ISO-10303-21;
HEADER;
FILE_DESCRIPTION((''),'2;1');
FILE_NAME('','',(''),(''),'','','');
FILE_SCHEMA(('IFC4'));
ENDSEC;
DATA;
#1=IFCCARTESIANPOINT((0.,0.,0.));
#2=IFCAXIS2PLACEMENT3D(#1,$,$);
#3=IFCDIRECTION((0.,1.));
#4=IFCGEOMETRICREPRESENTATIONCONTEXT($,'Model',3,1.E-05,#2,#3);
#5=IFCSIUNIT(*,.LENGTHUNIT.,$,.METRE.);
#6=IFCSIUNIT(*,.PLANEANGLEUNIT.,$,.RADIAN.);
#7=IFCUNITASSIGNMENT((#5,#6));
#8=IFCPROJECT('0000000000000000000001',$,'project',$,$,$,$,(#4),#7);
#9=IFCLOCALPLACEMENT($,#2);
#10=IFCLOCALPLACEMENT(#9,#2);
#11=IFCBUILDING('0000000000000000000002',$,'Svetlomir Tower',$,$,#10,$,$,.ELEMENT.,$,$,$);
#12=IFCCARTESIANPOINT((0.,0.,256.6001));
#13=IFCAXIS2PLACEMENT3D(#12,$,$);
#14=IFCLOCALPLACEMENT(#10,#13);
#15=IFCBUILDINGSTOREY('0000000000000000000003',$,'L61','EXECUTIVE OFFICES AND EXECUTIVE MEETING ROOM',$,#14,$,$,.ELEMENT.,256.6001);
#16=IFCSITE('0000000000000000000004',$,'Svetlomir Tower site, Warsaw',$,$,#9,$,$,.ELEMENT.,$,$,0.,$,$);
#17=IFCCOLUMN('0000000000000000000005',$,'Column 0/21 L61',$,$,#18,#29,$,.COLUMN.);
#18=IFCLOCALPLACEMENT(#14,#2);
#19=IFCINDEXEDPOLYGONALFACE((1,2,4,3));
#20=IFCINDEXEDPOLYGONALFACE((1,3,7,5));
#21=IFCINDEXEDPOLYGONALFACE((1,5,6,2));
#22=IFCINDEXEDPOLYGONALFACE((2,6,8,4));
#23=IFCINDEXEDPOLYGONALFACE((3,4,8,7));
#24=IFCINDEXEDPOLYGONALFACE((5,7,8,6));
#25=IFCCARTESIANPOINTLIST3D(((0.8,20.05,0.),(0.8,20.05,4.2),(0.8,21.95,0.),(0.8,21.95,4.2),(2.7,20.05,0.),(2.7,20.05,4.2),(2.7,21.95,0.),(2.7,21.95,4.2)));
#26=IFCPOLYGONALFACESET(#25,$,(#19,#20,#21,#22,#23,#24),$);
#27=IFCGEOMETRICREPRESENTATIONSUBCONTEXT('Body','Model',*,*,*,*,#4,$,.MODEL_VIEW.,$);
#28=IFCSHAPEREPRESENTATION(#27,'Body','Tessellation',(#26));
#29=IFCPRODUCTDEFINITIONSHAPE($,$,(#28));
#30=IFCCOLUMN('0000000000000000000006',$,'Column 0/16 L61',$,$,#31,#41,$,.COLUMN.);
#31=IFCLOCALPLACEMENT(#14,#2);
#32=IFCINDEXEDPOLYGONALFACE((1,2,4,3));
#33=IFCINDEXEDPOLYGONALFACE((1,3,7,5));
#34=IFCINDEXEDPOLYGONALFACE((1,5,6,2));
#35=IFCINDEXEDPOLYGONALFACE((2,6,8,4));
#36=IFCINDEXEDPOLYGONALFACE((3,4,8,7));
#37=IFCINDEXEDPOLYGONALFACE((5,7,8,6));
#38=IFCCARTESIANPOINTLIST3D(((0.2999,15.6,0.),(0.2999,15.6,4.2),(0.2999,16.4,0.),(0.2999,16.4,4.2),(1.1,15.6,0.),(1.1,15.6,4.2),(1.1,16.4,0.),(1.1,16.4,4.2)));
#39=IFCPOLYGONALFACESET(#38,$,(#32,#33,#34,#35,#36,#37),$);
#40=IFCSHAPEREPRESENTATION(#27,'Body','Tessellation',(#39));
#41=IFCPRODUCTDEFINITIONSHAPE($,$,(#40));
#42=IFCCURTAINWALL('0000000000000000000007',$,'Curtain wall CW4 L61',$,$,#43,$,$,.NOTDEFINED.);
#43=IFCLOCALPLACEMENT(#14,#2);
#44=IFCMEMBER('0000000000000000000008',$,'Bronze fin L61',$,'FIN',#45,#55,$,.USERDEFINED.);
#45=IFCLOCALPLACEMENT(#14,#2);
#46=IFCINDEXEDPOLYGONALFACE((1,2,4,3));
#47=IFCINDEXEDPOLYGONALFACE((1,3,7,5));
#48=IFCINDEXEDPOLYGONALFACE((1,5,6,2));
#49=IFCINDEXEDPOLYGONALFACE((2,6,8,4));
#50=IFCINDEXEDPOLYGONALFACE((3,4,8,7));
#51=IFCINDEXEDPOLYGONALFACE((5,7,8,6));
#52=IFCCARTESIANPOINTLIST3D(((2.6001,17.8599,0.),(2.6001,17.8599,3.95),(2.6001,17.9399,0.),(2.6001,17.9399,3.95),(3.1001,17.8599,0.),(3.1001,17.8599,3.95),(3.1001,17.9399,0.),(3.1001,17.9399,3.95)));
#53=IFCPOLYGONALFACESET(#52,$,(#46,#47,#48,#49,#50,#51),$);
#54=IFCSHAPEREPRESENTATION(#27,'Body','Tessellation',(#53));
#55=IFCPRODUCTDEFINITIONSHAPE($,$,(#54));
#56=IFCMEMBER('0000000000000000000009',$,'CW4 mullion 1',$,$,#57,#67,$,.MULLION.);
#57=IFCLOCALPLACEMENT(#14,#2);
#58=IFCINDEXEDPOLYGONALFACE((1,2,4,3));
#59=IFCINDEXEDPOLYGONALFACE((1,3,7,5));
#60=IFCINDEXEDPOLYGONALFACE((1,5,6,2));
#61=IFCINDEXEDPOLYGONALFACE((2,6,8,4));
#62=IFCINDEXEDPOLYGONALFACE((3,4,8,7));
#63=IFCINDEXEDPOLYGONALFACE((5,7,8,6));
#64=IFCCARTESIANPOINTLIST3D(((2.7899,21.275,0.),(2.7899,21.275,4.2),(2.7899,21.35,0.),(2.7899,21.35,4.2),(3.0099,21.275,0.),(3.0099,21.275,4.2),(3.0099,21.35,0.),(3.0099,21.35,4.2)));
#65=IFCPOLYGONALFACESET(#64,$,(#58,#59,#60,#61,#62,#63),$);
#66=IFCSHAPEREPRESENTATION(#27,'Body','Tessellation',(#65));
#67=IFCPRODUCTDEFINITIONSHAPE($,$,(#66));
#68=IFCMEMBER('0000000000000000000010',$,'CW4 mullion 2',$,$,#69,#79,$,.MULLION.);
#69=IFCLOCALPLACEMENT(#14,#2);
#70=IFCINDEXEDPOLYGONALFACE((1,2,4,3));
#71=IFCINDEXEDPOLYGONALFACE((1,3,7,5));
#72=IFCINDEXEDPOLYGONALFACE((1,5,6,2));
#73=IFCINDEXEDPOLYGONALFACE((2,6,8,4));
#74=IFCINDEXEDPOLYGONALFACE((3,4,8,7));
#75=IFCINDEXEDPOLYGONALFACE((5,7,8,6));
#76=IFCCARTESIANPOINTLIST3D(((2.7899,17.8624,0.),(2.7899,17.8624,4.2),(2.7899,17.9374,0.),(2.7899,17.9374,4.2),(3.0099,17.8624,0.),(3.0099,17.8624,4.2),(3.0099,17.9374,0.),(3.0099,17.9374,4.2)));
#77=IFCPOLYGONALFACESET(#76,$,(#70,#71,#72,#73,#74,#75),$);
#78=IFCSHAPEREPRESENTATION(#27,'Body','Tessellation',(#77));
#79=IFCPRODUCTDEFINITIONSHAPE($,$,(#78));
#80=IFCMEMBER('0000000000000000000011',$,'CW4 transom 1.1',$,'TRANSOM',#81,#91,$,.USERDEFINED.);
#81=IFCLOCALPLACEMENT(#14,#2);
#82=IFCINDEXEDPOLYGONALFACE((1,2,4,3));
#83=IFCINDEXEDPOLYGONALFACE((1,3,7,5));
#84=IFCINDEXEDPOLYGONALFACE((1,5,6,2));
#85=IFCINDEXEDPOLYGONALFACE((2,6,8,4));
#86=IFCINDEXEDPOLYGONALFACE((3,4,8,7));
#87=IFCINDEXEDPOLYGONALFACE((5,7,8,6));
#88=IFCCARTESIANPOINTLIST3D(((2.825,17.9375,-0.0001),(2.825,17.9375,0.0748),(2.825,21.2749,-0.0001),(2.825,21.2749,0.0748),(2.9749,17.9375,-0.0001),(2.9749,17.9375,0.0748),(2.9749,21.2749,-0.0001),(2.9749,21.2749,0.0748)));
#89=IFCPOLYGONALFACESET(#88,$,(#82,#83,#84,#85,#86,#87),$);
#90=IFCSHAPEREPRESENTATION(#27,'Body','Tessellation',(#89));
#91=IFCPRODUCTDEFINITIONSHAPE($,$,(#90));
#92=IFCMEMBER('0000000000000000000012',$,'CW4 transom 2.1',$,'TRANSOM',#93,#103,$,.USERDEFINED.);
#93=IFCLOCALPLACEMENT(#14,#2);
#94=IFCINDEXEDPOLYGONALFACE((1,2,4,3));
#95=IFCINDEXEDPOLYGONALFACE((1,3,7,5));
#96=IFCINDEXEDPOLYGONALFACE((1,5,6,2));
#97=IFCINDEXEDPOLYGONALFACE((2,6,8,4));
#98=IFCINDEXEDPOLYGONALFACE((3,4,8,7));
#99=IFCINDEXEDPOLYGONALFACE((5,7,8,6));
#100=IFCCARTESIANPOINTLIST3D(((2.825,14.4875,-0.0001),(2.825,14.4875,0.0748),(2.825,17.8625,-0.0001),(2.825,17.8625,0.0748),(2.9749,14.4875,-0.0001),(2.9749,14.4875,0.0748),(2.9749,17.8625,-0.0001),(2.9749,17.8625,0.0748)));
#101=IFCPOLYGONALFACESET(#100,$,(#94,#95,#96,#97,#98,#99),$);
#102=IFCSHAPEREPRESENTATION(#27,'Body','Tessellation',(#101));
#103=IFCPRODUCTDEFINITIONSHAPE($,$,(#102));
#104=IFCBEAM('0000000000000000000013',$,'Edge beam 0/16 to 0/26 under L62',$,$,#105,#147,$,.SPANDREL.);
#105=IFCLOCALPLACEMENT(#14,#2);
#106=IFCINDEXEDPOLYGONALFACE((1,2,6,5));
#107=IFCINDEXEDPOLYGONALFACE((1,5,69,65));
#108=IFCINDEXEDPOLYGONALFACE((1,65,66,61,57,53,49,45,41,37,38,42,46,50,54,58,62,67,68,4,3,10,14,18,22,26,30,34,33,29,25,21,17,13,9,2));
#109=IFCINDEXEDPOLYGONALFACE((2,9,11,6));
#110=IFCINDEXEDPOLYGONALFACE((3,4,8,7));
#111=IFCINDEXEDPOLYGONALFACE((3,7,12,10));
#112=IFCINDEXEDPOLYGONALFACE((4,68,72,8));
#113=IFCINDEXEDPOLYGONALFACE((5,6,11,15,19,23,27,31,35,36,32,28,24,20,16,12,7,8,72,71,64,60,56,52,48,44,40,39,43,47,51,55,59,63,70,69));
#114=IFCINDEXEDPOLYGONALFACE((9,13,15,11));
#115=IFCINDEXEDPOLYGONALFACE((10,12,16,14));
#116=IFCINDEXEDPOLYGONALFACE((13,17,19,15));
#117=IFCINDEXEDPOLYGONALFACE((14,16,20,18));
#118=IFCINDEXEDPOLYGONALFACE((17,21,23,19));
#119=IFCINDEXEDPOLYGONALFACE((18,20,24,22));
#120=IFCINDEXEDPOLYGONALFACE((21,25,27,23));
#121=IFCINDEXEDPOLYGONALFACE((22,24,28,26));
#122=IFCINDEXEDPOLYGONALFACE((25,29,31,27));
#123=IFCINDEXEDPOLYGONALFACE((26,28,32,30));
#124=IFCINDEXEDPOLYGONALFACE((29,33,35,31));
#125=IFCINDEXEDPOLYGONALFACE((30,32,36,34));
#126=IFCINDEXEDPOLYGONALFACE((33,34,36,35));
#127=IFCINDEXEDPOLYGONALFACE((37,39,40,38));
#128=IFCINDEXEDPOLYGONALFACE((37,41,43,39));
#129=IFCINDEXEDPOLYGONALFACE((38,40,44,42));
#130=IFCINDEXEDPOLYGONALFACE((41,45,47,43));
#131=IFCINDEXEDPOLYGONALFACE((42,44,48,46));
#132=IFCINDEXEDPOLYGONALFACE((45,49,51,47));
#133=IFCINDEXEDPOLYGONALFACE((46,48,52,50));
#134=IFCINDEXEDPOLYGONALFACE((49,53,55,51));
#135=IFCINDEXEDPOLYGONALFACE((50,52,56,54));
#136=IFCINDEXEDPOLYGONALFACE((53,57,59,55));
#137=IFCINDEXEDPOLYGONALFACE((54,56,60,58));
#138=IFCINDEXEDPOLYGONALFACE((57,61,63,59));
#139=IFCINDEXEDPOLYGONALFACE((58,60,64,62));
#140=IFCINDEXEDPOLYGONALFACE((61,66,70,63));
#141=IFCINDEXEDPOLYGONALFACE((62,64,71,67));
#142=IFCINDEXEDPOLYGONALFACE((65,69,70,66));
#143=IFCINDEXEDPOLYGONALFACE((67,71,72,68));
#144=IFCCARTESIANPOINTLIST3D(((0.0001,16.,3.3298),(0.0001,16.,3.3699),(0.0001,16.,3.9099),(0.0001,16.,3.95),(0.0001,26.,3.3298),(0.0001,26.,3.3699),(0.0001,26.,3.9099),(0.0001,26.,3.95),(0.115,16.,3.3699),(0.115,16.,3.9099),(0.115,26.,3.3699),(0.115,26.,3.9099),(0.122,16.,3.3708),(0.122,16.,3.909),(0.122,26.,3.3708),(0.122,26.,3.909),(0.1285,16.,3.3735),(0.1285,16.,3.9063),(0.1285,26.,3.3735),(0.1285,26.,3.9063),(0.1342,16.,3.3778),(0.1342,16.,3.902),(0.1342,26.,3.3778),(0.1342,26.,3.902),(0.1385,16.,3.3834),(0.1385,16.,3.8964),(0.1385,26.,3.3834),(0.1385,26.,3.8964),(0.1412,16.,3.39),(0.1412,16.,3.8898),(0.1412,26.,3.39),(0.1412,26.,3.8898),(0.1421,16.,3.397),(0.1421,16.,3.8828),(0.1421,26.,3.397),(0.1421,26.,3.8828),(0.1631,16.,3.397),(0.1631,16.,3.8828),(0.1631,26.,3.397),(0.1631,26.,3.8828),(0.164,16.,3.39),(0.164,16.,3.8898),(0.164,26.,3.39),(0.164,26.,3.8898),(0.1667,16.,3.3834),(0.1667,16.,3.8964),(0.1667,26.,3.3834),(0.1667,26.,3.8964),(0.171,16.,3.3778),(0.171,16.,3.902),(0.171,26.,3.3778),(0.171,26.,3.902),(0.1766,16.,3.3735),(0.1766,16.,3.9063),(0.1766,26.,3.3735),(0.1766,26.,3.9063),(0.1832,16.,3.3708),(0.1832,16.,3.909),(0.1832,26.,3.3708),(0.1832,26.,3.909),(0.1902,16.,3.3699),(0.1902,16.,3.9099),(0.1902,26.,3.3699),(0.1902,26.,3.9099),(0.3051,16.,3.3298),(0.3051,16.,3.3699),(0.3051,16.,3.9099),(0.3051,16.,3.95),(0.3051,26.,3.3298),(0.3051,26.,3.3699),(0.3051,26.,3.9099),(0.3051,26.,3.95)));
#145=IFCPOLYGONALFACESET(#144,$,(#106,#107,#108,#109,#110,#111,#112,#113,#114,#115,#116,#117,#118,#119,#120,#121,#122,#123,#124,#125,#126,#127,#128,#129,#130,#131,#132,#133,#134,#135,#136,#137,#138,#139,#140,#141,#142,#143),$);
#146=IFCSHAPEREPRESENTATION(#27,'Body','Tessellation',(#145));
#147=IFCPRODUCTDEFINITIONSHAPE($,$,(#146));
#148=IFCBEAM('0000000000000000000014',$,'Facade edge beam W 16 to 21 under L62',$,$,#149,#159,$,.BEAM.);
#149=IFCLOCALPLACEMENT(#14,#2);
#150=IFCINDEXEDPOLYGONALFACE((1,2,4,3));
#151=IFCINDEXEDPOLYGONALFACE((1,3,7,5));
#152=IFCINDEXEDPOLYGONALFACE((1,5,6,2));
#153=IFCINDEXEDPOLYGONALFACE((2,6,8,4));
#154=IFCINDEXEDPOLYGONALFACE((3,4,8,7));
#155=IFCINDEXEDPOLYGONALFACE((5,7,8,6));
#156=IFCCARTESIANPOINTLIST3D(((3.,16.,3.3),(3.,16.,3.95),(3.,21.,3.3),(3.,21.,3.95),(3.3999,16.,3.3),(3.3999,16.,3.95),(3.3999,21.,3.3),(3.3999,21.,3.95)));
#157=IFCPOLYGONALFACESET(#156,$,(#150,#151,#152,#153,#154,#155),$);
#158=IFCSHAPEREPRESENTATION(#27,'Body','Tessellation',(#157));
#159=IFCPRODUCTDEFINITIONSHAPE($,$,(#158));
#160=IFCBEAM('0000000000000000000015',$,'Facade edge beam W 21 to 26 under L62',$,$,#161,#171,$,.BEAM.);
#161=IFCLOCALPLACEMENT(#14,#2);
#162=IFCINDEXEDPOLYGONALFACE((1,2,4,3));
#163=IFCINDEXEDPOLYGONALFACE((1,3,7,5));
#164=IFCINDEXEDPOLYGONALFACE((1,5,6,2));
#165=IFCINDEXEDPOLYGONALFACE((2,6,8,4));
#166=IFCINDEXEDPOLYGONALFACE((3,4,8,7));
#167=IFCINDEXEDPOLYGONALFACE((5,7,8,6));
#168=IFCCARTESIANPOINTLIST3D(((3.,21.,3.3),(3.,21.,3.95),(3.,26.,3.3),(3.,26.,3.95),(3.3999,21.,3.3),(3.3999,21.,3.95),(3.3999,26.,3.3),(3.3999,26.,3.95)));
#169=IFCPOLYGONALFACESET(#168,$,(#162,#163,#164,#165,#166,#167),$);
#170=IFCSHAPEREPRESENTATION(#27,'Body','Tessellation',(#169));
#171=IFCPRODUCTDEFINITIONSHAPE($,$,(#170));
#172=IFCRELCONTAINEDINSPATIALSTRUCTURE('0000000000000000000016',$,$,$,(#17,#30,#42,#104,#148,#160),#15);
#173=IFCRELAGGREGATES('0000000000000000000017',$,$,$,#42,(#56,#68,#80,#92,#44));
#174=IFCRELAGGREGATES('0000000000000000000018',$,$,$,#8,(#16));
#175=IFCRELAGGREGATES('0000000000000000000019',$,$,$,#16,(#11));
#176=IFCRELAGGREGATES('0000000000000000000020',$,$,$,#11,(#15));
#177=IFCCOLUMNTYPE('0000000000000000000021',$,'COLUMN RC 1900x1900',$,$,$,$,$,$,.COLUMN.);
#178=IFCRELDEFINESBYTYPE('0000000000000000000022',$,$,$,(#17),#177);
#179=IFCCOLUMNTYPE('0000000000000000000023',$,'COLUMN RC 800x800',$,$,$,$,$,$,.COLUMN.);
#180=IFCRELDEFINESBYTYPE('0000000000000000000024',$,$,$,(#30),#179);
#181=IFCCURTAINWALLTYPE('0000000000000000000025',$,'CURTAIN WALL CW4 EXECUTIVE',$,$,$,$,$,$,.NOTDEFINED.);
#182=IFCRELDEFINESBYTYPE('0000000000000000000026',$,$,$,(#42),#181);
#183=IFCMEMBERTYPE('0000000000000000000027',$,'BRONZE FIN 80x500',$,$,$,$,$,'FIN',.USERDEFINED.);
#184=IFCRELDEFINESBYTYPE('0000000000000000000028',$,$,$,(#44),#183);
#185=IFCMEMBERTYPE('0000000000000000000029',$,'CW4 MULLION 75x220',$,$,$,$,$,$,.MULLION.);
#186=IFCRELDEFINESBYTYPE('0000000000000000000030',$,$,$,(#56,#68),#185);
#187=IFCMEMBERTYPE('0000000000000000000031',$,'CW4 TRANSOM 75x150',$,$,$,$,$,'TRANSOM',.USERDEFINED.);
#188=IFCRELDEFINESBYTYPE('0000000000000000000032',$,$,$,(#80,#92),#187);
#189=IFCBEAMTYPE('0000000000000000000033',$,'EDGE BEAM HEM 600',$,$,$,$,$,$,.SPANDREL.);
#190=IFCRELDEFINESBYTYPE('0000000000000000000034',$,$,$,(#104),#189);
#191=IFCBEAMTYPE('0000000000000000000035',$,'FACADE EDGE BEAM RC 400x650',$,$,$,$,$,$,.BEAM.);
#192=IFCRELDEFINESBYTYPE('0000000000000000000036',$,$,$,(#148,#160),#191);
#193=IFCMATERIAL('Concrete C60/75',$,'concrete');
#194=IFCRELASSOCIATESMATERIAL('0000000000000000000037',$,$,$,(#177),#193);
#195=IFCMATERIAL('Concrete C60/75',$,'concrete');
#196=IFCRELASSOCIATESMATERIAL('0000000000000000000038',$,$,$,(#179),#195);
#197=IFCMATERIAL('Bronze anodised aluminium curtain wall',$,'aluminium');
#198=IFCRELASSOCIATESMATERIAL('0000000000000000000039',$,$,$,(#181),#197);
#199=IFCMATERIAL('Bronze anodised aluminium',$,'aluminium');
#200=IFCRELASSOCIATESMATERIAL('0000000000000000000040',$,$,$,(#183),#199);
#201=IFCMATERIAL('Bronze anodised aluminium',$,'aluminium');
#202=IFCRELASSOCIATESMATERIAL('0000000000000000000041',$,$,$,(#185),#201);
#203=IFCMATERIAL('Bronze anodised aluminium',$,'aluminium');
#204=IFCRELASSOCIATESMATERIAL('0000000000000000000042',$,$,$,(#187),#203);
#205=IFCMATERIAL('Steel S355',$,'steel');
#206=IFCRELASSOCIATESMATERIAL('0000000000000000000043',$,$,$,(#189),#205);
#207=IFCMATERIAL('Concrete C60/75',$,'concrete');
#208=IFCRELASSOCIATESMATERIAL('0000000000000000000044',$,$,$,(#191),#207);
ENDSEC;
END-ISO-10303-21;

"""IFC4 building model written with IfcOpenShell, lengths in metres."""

from ifc_helpers import new_model, si_unit, direction, frame, origin, origin_2d, place, context, subcontext, project, spatial, rectangle, i_section, extrude, material, material_profile, profile_set, type_object, element, aggregate, save


model = new_model("IFC4")

# Units and contexts
model_context = context("Model", 3, precision=1e-05, world=origin(), true_north=direction((0.0, 1.0)))
body_context = subcontext(model_context, "Body", "Model", "MODEL_VIEW")
ifc_project = project(units=[si_unit("LENGTHUNIT", "METRE"), si_unit("PLANEANGLEUNIT", "RADIAN")], contexts=[model_context])

# Site, building, storey
site_placement = place(None, origin())
site = spatial("IfcSite", under=ifc_project, at=site_placement, Name="Svetlomir Tower site, Warsaw", CompositionType="ELEMENT", RefElevation=0.0)
building_placement = place(site_placement, origin())
building = spatial("IfcBuilding", under=site, at=building_placement, Name="Svetlomir Tower", CompositionType="ELEMENT")
storey_placement = place(building_placement, frame((0.0, 0.0, 256.6001)))
storey = spatial("IfcBuildingStorey", under=building, at=storey_placement, Name="L61", Description="EXECUTIVE OFFICES AND EXECUTIVE MEETING ROOM", CompositionType="ELEMENT", Elevation=256.6001)

# Columns
ifc_material_1 = material(Name="Concrete C60/75", Category="concrete")
ifc_material_profile_1 = material_profile(ifc_material_1, rectangle(XDim=1.8999, YDim=1.8999, at=origin_2d()), Name="RC 1900x1900")
ifc_profile_set_1 = profile_set([ifc_material_profile_1], Name="Concrete C60/75")
column_type_1 = type_object("IfcColumnType", Name="COLUMN RC 1900x1900", PredefinedType="COLUMN", material=ifc_profile_set_1)
column_1_placement = place(storey_placement, frame((1.75, 21.0, 0.0), z_axis=(0.0, 0.0, 1.0), x_axis=(1.0, 0.0, 0.0)))
element("IfcColumn", 1, at=column_1_placement, inside=storey, type_object=column_type_1, Name="Column 0/21 L61", PredefinedType="COLUMN", context=body_context, shape_type="SweptSolid", body=[
    extrude(rectangle(XDim=1.8999, YDim=1.8999, at=origin_2d()), origin(), (0.0, 0.0, 1.0), 4.2),
])
ifc_material_2 = material(Name="Concrete C60/75", Category="concrete")
ifc_material_profile_2 = material_profile(ifc_material_2, rectangle(XDim=0.8, YDim=0.8, at=origin_2d()), Name="RC 800x800")
ifc_profile_set_2 = profile_set([ifc_material_profile_2], Name="Concrete C60/75")
column_type_2 = type_object("IfcColumnType", Name="COLUMN RC 800x800", PredefinedType="COLUMN", material=ifc_profile_set_2)
column_2_placement = place(storey_placement, frame((0.7, 16.0, 0.0), z_axis=(0.0, 0.0, 1.0), x_axis=(1.0, 0.0, 0.0)))
element("IfcColumn", 2, at=column_2_placement, inside=storey, type_object=column_type_2, Name="Column 0/16 L61", PredefinedType="COLUMN", context=body_context, shape_type="SweptSolid", body=[
    extrude(rectangle(XDim=0.8, YDim=0.8, at=origin_2d()), origin(), (0.0, 0.0, 1.0), 4.2),
])

# Curtain wall, members
ifc_material_3 = material(Name="Bronze anodised aluminium curtain wall", Category="aluminium")
curtain_wall_type = type_object("IfcCurtainWallType", Name="CURTAIN WALL CW4 EXECUTIVE", PredefinedType="NOTDEFINED", material=ifc_material_3)
curtain_wall_placement = place(storey_placement, origin())
curtain_wall = element("IfcCurtainWall", 3, at=curtain_wall_placement, inside=storey, type_object=curtain_wall_type, Name="Curtain wall CW4 L61", PredefinedType="NOTDEFINED")
ifc_material_4 = material(Name="Bronze anodised aluminium", Category="aluminium")
ifc_material_profile_3 = material_profile(ifc_material_4, rectangle(XDim=0.0801, YDim=0.5, at=origin_2d()), Name="FIN 80x500")
ifc_profile_set_3 = profile_set([ifc_material_profile_3], Name="Bronze anodised aluminium 6063-T6")
member_type_1 = type_object("IfcMemberType", Name="BRONZE FIN 80x500", ElementType="FIN", PredefinedType="USERDEFINED", material=ifc_profile_set_3)
member_1_placement = place(storey_placement, frame((2.8501, 17.8999, 0.0), z_axis=(0.0, 0.0, 1.0), x_axis=(0.0, 1.0, 0.0)))
member_1 = element("IfcMember", 4, at=member_1_placement, type_object=member_type_1, Name="Bronze fin L61", ObjectType="FIN", PredefinedType="USERDEFINED", context=body_context, shape_type="SweptSolid", body=[
    extrude(rectangle(XDim=0.0801, YDim=0.5, at=origin_2d()), origin(), (0.0, 0.0, 1.0), 3.95),
])
ifc_material_5 = material(Name="Bronze anodised aluminium", Category="aluminium")
ifc_material_profile_4 = material_profile(ifc_material_5, rectangle(XDim=0.075, YDim=0.22, at=origin_2d()), Name="AL 75x220")
ifc_profile_set_4 = profile_set([ifc_material_profile_4], Name="Bronze anodised aluminium 6063-T6")
member_type_2 = type_object("IfcMemberType", Name="CW4 MULLION 75x220", PredefinedType="MULLION", material=ifc_profile_set_4)
member_2_placement = place(storey_placement, frame((2.8999, 21.3125, 0.0), z_axis=(0.0, 0.0, 1.0), x_axis=(0.0, -1.0, 0.0)))
member_2 = element("IfcMember", 5, at=member_2_placement, type_object=member_type_2, Name="CW4 mullion 1", PredefinedType="MULLION", context=body_context, shape_type="SweptSolid", body=[
    extrude(rectangle(XDim=0.075, YDim=0.22, at=origin_2d()), origin(), (0.0, 0.0, 1.0), 4.2),
])
member_3_placement = place(storey_placement, frame((2.8999, 17.8999, 0.0), z_axis=(0.0, 0.0, 1.0), x_axis=(0.0, -1.0, 0.0)))
member_3 = element("IfcMember", 6, at=member_3_placement, type_object=member_type_2, Name="CW4 mullion 2", PredefinedType="MULLION", context=body_context, shape_type="SweptSolid", body=[
    extrude(rectangle(XDim=0.075, YDim=0.22, at=origin_2d()), origin(), (0.0, 0.0, 1.0), 4.2),
])
ifc_material_6 = material(Name="Bronze anodised aluminium", Category="aluminium")
ifc_material_profile_5 = material_profile(ifc_material_6, rectangle(XDim=0.1499, YDim=0.075, at=origin_2d()), Name="AL 150x75")
ifc_profile_set_5 = profile_set([ifc_material_profile_5], Name="Bronze anodised aluminium 6063-T6")
member_type_3 = type_object("IfcMemberType", Name="CW4 TRANSOM 75x150", ElementType="TRANSOM", PredefinedType="USERDEFINED", material=ifc_profile_set_5)
member_4_placement = place(storey_placement, frame((2.8999, 21.2749, 0.0374), z_axis=(0.0, -1.0, 0.0), x_axis=(1.0, 0.0, 0.0)))
member_4 = element("IfcMember", 7, at=member_4_placement, type_object=member_type_3, Name="CW4 transom 1.1", ObjectType="TRANSOM", PredefinedType="USERDEFINED", context=body_context, shape_type="SweptSolid", body=[
    extrude(rectangle(XDim=0.1499, YDim=0.075, at=origin_2d()), origin(), (0.0, 0.0, 1.0), 3.3374),
])
member_5_placement = place(storey_placement, frame((2.8999, 17.8625, 0.0374), z_axis=(0.0, -1.0, 0.0), x_axis=(1.0, 0.0, 0.0)))
member_5 = element("IfcMember", 8, at=member_5_placement, type_object=member_type_3, Name="CW4 transom 2.1", ObjectType="TRANSOM", PredefinedType="USERDEFINED", context=body_context, shape_type="SweptSolid", body=[
    extrude(rectangle(XDim=0.1499, YDim=0.075, at=origin_2d()), origin(), (0.0, 0.0, 1.0), 3.375),
])

# Beams
ifc_material_7 = material(Name="Steel S355", Category="steel")
ifc_material_profile_6 = material_profile(ifc_material_7, i_section(OverallWidth=0.3049, OverallDepth=0.6201, WebThickness=0.021, FlangeThickness=0.04, FilletRadius=0.0271, at=origin_2d()), Name="HEM 600")
ifc_profile_set_6 = profile_set([ifc_material_profile_6], Name="Steel S355")
beam_type_1 = type_object("IfcBeamType", Name="EDGE BEAM HEM 600", PredefinedType="SPANDREL", material=ifc_profile_set_6)
beam_1_placement = place(storey_placement, frame((0.1526, 16.0, 3.6399), z_axis=(0.0, 1.0, 0.0), x_axis=(-1.0, 0.0, 0.0)))
element("IfcBeam", 9, at=beam_1_placement, inside=storey, type_object=beam_type_1, Name="Edge beam 0/16 to 0/26 under L62", PredefinedType="SPANDREL", context=body_context, shape_type="SweptSolid", body=[
    extrude(i_section(OverallWidth=0.3049, OverallDepth=0.6201, WebThickness=0.021, FlangeThickness=0.04, FilletRadius=0.0271, at=origin_2d()), origin(), (0.0, 0.0, 1.0), 10.0),
])
ifc_material_8 = material(Name="Concrete C60/75", Category="concrete")
ifc_material_profile_7 = material_profile(ifc_material_8, rectangle(XDim=0.3999, YDim=0.6499, at=origin_2d()), Name="RC 400x650")
ifc_profile_set_7 = profile_set([ifc_material_profile_7], Name="Concrete C60/75")
beam_type_2 = type_object("IfcBeamType", Name="FACADE EDGE BEAM RC 400x650", PredefinedType="BEAM", material=ifc_profile_set_7)
for number, where, z_axis, x_axis, name in (
    (10, (3.2, 16.0, 3.625), (0.0, 1.0, 0.0), (-1.0, 0.0, 0.0), "Facade edge beam W 16 to 21 under L62"),
    (11, (3.2, 21.0, 3.625), (0.0, 1.0, 0.0), (-1.0, 0.0, 0.0), "Facade edge beam W 21 to 26 under L62"),
):
    element("IfcBeam", number, at=place(storey_placement, frame(where, z_axis=z_axis, x_axis=x_axis)), inside=storey, type_object=beam_type_2, Name=name, PredefinedType="BEAM", context=body_context, shape_type="SweptSolid", body=[
        extrude(rectangle(XDim=0.3999, YDim=0.6499, at=origin_2d()), origin(), (0.0, 0.0, 1.0), 5.0),
    ])

aggregate(curtain_wall, [member_2, member_3, member_4, member_5, member_1])

save(model, "model.ifc")
